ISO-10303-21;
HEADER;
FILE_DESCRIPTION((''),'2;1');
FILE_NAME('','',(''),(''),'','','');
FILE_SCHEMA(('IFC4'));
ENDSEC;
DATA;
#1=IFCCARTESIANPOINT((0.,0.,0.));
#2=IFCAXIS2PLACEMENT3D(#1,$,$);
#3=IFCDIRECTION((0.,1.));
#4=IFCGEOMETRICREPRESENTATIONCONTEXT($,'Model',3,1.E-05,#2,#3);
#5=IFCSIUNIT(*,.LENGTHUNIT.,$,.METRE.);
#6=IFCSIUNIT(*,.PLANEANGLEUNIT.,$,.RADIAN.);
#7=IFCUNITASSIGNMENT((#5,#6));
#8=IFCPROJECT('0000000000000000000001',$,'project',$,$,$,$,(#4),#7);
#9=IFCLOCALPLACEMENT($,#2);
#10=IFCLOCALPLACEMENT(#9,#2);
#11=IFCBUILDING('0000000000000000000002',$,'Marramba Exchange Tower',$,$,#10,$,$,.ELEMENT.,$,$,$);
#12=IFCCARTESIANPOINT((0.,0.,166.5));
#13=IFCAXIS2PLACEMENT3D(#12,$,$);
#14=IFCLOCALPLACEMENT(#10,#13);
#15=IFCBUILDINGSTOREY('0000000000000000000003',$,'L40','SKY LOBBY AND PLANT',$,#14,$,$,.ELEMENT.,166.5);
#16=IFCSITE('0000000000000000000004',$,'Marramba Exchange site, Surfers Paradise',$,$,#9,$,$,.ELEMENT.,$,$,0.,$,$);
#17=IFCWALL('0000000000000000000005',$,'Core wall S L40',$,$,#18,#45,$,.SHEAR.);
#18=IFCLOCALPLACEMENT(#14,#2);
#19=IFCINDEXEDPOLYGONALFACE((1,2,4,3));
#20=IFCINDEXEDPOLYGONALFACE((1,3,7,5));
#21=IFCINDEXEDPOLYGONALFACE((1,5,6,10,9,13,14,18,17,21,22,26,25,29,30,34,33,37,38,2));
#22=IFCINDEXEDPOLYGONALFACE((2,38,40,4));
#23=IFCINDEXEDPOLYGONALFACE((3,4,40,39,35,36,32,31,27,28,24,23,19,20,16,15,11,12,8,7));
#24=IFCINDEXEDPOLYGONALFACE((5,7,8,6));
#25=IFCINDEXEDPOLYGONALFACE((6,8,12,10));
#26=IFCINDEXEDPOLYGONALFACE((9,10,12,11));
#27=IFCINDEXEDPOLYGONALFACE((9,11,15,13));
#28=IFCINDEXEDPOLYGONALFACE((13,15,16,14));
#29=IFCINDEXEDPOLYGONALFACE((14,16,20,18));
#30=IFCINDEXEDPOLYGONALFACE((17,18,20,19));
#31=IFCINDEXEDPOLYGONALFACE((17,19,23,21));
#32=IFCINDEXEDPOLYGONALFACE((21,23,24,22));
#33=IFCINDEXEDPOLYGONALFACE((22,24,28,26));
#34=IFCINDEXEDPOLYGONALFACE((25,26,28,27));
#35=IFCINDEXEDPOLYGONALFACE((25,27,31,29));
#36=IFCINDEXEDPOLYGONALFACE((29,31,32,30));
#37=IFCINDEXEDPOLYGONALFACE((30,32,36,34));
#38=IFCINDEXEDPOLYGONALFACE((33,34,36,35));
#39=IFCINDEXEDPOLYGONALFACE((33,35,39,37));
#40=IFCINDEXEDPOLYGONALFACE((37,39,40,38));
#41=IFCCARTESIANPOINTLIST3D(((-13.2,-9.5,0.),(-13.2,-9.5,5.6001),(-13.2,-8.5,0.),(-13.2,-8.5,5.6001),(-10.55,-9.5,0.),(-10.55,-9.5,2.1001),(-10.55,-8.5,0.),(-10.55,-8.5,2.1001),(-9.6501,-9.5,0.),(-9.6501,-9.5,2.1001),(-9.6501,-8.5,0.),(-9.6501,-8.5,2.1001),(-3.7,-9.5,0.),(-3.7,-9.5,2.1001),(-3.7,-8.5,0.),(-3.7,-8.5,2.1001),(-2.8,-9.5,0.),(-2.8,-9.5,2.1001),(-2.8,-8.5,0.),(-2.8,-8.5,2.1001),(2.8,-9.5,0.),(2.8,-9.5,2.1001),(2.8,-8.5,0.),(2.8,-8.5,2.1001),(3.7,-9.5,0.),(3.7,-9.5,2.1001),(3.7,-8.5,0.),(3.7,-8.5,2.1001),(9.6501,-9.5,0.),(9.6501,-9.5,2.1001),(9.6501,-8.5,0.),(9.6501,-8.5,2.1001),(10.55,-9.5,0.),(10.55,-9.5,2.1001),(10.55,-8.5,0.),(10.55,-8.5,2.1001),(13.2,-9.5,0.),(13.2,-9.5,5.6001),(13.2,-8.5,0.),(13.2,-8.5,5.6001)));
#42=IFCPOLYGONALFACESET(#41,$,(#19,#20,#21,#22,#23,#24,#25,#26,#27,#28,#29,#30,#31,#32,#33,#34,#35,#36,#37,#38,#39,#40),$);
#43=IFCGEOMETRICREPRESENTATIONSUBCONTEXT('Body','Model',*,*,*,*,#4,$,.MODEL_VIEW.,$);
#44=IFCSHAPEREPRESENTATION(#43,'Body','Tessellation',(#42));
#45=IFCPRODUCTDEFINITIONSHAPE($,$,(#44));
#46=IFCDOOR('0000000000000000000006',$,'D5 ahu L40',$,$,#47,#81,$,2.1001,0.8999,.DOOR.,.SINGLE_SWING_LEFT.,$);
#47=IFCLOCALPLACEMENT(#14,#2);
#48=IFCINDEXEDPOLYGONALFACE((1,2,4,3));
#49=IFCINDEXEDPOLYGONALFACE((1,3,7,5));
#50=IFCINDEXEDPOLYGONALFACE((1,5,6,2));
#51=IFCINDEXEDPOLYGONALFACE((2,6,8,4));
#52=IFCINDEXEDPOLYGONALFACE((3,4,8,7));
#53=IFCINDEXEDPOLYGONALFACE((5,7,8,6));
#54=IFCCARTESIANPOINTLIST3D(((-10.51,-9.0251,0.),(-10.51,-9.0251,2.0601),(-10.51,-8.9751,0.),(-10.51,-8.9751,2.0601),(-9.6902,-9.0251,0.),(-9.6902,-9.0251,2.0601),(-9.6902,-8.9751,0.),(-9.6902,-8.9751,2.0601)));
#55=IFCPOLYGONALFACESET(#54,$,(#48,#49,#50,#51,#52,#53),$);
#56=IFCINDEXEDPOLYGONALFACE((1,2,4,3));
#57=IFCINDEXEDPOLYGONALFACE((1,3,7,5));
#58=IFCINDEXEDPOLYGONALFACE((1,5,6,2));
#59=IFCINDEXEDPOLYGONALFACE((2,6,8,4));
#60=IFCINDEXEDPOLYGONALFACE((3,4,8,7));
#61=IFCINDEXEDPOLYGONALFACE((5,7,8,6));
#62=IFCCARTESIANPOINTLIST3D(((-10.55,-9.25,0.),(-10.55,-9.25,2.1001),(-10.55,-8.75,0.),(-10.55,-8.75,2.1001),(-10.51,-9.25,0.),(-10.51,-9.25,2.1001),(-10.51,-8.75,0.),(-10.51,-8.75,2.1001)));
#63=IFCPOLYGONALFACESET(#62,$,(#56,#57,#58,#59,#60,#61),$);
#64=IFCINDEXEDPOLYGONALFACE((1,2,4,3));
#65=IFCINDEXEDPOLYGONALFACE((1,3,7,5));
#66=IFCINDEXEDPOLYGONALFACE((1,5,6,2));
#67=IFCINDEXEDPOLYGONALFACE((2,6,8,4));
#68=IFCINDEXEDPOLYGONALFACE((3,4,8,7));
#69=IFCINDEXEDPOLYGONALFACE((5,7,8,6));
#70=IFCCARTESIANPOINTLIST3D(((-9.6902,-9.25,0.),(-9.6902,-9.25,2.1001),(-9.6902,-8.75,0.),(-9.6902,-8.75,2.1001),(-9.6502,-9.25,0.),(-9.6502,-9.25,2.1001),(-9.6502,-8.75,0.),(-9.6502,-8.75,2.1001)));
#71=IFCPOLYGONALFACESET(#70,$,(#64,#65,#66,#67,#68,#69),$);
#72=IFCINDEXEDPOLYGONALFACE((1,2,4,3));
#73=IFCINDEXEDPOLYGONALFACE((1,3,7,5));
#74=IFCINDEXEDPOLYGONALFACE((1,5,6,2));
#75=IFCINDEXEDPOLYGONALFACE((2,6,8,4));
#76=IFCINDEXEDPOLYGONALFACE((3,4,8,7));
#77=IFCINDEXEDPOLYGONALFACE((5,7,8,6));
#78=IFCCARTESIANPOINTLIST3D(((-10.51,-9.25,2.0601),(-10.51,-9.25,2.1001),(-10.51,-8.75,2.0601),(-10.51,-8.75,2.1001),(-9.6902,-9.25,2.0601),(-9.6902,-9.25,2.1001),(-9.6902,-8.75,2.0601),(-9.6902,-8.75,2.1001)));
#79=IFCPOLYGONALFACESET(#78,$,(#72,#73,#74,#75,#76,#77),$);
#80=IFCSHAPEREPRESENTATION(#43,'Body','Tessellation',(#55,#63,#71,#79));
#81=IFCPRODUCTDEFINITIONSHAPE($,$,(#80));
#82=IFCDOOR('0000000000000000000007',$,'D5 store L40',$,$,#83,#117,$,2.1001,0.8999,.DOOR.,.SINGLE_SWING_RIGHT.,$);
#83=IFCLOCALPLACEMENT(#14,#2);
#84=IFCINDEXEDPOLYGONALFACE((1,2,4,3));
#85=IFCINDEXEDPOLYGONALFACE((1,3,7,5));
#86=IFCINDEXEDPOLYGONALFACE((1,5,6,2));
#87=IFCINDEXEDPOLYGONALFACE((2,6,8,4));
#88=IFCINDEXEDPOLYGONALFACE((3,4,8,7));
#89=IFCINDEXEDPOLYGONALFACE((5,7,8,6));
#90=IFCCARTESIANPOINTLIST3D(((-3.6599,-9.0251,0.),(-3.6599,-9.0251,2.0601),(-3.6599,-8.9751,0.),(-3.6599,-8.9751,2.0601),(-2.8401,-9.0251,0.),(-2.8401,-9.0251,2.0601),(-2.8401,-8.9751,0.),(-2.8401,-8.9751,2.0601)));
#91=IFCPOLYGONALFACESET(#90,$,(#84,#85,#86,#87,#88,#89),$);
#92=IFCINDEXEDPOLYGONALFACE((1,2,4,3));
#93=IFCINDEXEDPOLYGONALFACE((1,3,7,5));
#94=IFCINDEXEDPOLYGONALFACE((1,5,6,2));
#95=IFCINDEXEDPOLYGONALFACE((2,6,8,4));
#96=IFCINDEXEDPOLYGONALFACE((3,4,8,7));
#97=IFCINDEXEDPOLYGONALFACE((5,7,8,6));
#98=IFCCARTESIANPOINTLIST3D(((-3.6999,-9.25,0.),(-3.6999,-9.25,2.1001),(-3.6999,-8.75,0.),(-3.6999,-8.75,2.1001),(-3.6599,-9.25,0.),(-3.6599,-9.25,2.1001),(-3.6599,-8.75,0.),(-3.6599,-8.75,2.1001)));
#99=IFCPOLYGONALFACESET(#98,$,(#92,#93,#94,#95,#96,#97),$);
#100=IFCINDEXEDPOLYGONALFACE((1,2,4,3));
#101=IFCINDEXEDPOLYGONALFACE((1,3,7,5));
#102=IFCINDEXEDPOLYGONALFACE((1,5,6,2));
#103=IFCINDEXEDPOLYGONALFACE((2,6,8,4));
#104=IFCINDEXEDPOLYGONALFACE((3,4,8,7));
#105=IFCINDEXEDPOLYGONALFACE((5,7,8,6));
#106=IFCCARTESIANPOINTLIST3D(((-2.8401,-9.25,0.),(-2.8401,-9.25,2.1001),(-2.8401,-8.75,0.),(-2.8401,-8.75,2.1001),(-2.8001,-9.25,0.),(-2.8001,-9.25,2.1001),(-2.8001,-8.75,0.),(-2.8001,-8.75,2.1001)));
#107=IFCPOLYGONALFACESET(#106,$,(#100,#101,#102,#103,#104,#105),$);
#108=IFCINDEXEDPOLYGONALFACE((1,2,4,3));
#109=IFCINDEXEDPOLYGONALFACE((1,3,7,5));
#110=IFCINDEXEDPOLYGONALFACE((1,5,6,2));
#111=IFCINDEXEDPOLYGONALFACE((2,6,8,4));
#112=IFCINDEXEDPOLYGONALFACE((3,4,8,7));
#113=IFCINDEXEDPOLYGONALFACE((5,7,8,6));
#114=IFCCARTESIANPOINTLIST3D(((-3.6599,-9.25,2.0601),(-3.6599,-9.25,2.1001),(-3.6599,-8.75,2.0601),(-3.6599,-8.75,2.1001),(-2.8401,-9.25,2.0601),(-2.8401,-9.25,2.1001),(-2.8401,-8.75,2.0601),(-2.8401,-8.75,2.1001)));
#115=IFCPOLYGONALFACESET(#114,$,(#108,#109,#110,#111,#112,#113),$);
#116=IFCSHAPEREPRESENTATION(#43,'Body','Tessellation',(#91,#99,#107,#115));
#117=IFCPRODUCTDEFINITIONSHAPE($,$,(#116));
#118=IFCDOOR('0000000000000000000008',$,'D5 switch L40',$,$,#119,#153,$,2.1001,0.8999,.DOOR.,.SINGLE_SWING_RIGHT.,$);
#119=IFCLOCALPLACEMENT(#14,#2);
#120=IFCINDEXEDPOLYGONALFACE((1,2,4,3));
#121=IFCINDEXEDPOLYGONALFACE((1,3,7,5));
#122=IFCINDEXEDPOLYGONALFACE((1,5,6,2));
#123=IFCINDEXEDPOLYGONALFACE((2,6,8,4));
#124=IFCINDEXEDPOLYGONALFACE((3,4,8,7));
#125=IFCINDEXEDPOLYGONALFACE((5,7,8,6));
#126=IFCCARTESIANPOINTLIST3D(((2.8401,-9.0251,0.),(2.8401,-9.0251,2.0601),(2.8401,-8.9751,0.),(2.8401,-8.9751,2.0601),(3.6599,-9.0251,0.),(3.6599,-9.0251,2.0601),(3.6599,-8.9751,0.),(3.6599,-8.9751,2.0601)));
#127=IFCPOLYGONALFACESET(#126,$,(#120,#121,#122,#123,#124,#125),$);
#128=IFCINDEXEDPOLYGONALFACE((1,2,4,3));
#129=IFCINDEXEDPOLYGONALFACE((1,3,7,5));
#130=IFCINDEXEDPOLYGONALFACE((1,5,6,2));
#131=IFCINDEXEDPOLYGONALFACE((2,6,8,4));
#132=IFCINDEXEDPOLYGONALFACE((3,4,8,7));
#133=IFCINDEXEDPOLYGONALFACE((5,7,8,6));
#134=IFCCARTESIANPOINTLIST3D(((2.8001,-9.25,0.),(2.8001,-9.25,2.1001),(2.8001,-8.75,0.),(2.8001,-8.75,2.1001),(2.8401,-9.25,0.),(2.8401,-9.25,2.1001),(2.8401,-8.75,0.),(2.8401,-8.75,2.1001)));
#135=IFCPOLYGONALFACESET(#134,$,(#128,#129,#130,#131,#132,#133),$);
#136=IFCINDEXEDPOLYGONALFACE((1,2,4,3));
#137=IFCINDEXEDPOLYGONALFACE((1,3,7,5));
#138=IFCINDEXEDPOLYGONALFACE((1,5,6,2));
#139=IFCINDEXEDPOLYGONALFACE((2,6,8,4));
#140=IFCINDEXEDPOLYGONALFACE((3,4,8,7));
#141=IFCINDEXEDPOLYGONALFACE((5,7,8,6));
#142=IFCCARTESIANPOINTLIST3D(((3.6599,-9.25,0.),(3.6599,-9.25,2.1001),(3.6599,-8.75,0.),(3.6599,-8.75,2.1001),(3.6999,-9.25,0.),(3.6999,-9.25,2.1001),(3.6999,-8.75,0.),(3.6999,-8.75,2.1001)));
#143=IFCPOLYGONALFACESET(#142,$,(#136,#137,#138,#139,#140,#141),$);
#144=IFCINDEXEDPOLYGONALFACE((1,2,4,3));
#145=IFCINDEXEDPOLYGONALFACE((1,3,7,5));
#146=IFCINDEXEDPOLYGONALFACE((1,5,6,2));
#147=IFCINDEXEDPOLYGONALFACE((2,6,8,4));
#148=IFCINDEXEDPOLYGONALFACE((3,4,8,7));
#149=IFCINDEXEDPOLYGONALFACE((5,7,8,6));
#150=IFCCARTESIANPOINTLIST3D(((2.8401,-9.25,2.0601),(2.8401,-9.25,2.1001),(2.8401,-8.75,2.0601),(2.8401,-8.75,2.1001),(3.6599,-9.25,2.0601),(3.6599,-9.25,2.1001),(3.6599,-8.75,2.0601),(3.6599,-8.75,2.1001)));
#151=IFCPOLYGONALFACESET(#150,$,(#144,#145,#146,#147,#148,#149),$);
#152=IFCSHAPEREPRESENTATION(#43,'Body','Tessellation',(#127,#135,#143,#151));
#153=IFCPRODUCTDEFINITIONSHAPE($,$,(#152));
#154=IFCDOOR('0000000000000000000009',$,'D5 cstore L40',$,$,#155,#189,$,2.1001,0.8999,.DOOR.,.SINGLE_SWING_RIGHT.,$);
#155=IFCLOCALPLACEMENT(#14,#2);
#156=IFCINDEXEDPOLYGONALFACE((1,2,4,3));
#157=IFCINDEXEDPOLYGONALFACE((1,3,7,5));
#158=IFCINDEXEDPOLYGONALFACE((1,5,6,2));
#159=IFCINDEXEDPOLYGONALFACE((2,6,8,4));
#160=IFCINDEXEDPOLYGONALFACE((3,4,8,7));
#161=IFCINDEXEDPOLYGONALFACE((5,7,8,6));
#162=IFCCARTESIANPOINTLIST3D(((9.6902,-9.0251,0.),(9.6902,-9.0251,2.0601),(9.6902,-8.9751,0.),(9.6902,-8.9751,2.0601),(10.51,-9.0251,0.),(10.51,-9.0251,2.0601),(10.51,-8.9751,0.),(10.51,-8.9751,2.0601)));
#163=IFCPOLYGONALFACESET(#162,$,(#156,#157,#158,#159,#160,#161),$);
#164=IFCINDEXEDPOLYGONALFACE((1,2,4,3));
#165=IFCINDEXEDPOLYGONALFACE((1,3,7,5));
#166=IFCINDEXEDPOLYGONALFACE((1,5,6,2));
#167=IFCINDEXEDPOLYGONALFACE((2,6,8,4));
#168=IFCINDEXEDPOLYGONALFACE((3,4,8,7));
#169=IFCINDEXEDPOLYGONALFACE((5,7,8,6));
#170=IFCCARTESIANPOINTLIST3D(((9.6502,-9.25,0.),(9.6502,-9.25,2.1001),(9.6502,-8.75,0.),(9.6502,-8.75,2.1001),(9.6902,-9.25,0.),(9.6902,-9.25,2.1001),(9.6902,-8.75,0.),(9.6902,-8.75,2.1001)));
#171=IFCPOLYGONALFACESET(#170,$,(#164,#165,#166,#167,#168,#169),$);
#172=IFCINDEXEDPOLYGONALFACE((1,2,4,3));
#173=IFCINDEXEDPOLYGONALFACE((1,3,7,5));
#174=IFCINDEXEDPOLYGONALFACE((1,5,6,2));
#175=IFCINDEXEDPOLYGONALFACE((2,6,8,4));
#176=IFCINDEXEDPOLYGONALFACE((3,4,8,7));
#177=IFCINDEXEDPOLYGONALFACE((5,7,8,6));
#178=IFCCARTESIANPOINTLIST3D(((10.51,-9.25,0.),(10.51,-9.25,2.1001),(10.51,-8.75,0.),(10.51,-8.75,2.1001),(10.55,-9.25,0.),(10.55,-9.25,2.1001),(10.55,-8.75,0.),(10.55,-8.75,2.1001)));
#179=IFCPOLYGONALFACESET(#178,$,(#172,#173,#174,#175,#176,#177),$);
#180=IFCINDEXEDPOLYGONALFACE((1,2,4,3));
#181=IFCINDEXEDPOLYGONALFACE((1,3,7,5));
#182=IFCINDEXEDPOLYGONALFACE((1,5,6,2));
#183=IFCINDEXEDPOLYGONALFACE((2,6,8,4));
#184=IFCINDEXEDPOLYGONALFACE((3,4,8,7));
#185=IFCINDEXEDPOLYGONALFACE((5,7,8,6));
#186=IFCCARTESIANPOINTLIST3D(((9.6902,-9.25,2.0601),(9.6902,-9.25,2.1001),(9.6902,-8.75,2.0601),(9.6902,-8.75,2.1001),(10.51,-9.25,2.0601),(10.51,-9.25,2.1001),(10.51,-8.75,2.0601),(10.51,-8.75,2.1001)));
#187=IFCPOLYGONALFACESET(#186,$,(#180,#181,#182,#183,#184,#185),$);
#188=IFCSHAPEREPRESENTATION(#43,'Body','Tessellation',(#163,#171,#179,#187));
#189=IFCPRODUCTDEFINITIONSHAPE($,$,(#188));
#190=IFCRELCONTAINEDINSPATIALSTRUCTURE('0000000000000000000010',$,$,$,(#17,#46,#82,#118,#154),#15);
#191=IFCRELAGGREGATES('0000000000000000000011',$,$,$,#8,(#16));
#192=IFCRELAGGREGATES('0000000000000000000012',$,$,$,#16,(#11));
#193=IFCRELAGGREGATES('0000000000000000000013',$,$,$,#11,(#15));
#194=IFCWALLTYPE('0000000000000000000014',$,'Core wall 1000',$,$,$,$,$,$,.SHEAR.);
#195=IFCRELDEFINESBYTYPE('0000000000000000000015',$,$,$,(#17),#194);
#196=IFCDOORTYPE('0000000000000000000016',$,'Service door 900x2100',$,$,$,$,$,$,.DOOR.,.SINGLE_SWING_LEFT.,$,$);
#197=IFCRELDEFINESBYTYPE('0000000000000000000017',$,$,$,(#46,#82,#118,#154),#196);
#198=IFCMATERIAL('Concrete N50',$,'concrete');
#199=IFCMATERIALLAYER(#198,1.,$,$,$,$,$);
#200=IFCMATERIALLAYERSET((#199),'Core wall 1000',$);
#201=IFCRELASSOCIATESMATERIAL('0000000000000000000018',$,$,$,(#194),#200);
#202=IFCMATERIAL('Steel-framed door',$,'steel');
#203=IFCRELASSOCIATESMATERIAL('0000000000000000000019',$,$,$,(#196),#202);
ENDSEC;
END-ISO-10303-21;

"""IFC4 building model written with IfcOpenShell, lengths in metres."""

from ifc_helpers import new_model, si_unit, direction, frame, frame_2d, origin, place, context, subcontext, project, spatial, rectangle, extrude, material, layer, layer_set, type_object, element, fill, save


model = new_model("IFC4")

# Units and contexts
model_context = context("Model", 3, precision=1e-05, world=origin(), true_north=direction((0.0, 1.0)))
body_context = subcontext(model_context, "Body", "Model", "MODEL_VIEW")
ifc_project = project(units=[si_unit("LENGTHUNIT", "METRE"), si_unit("PLANEANGLEUNIT", "RADIAN")], contexts=[model_context])

# Site, building, storey
site_placement = place(None, origin())
site = spatial("IfcSite", under=ifc_project, at=site_placement, Name="Marramba Exchange site, Surfers Paradise", CompositionType="ELEMENT", RefElevation=0.0)
building_placement = place(site_placement, origin())
building = spatial("IfcBuilding", under=site, at=building_placement, Name="Marramba Exchange Tower", CompositionType="ELEMENT")
storey_placement = place(building_placement, frame((0.0, 0.0, 166.5)))
storey = spatial("IfcBuildingStorey", under=building, at=storey_placement, Name="L40", Description="SKY LOBBY AND PLANT", CompositionType="ELEMENT", Elevation=166.5)

# Shared definitions
ifc_material_1 = material(Name="Concrete N50", Category="concrete")

# Wall, openings, doors
ifc_layer_1 = layer(ifc_material_1, 1.0)
ifc_layer_set_1 = layer_set([ifc_layer_1], Name="Core wall 1000")
wall_type_1 = type_object("IfcWallType", Name="Core wall 1000", PredefinedType="SHEAR", material=ifc_layer_set_1)
wall_1_placement = place(storey_placement, frame((-13.2, -9.0, 0.0), z_axis=(0.0, 0.0, 1.0), x_axis=(1.0, 0.0, 0.0)))
wall_1 = element("IfcWall", 1, at=wall_1_placement, inside=storey, type_object=wall_type_1, Name="Core wall S L40", PredefinedType="SHEAR", context=body_context, shape_type="SweptSolid", body=[
    extrude(rectangle(XDim=26.3999, YDim=1.0, at=frame_2d((13.2, 0.0))), origin(), (0.0, 0.0, 1.0), 5.6001),
])
opening_1_placement = place(wall_1_placement, frame((2.6499, 0.0, 0.0)))
opening_1 = element("IfcOpeningElement", 2, at=opening_1_placement, cuts=wall_1, PredefinedType="OPENING", context=body_context, shape_type="SweptSolid", body=[
    extrude(rectangle(XDim=0.8999, YDim=2.1001, at=frame_2d((0.45, 1.05))), frame((0.0, 0.51, 0.0), z_axis=(0.0, -1.0, 0.0), x_axis=(1.0, 0.0, 0.0)), (0.0, 0.0, 1.0), 1.02),
])
opening_2_placement = place(wall_1_placement, frame((9.5, 0.0, 0.0)))
opening_2 = element("IfcOpeningElement", 3, at=opening_2_placement, cuts=wall_1, PredefinedType="OPENING", context=body_context, shape_type="SweptSolid", body=[
    extrude(rectangle(XDim=0.8999, YDim=2.1001, at=frame_2d((0.45, 1.05))), frame((0.0, 0.51, 0.0), z_axis=(0.0, -1.0, 0.0), x_axis=(1.0, 0.0, 0.0)), (0.0, 0.0, 1.0), 1.02),
])
opening_3_placement = place(wall_1_placement, frame((16.0, 0.0, 0.0)))
opening_3 = element("IfcOpeningElement", 4, at=opening_3_placement, cuts=wall_1, PredefinedType="OPENING", context=body_context, shape_type="SweptSolid", body=[
    extrude(rectangle(XDim=0.8999, YDim=2.1001, at=frame_2d((0.45, 1.05))), frame((0.0, 0.51, 0.0), z_axis=(0.0, -1.0, 0.0), x_axis=(1.0, 0.0, 0.0)), (0.0, 0.0, 1.0), 1.02),
])
opening_4_placement = place(wall_1_placement, frame((22.8501, 0.0, 0.0)))
opening_4 = element("IfcOpeningElement", 5, at=opening_4_placement, cuts=wall_1, PredefinedType="OPENING", context=body_context, shape_type="SweptSolid", body=[
    extrude(rectangle(XDim=0.8999, YDim=2.1001, at=frame_2d((0.45, 1.05))), frame((0.0, 0.51, 0.0), z_axis=(0.0, -1.0, 0.0), x_axis=(1.0, 0.0, 0.0)), (0.0, 0.0, 1.0), 1.02),
])
ifc_material_2 = material(Name="Steel-framed door", Category="steel")
door_type_1 = type_object("IfcDoorType", Name="Service door 900x2100", OperationType="SINGLE_SWING_LEFT", PredefinedType="DOOR", material=ifc_material_2)
door_1_placement = place(opening_1_placement, origin())
door_1 = element("IfcDoor", 6, at=door_1_placement, inside=storey, type_object=door_type_1, Name="D5 ahu L40", OperationType="SINGLE_SWING_LEFT", OverallHeight=2.1001, OverallWidth=0.8999, PredefinedType="DOOR", context=body_context, shape_type="SweptSolid", body=[
    extrude(rectangle(XDim=0.8198, YDim=2.0601, at=frame_2d((0.45, 1.03))), frame((0.0, 0.0249, 0.0), z_axis=(0.0, -1.0, 0.0), x_axis=(1.0, 0.0, 0.0)), (0.0, 0.0, 1.0), 0.05),
    extrude(rectangle(XDim=0.04, YDim=2.1001, at=frame_2d((0.02, 1.05))), frame((0.0, 0.25, 0.0), z_axis=(0.0, -1.0, 0.0), x_axis=(1.0, 0.0, 0.0)), (0.0, 0.0, 1.0), 0.5),
    extrude(rectangle(XDim=0.04, YDim=2.1001, at=frame_2d((0.8799, 1.05))), frame((0.0, 0.25, 0.0), z_axis=(0.0, -1.0, 0.0), x_axis=(1.0, 0.0, 0.0)), (0.0, 0.0, 1.0), 0.5),
    extrude(rectangle(XDim=0.8198, YDim=0.04, at=frame_2d((0.45, 2.0801))), frame((0.0, 0.25, 0.0), z_axis=(0.0, -1.0, 0.0), x_axis=(1.0, 0.0, 0.0)), (0.0, 0.0, 1.0), 0.5),
])
fill(opening_1, door_1)
door_2_placement = place(opening_2_placement, origin())
door_2 = element("IfcDoor", 7, at=door_2_placement, inside=storey, type_object=door_type_1, Name="D5 store L40", OperationType="SINGLE_SWING_RIGHT", OverallHeight=2.1001, OverallWidth=0.8999, PredefinedType="DOOR", context=body_context, shape_type="SweptSolid", body=[
    extrude(rectangle(XDim=0.8198, YDim=2.0601, at=frame_2d((0.45, 1.03))), frame((0.0, 0.0249, 0.0), z_axis=(0.0, -1.0, 0.0), x_axis=(1.0, 0.0, 0.0)), (0.0, 0.0, 1.0), 0.05),
    extrude(rectangle(XDim=0.04, YDim=2.1001, at=frame_2d((0.02, 1.05))), frame((0.0, 0.25, 0.0), z_axis=(0.0, -1.0, 0.0), x_axis=(1.0, 0.0, 0.0)), (0.0, 0.0, 1.0), 0.5),
    extrude(rectangle(XDim=0.04, YDim=2.1001, at=frame_2d((0.8799, 1.05))), frame((0.0, 0.25, 0.0), z_axis=(0.0, -1.0, 0.0), x_axis=(1.0, 0.0, 0.0)), (0.0, 0.0, 1.0), 0.5),
    extrude(rectangle(XDim=0.8198, YDim=0.04, at=frame_2d((0.45, 2.0801))), frame((0.0, 0.25, 0.0), z_axis=(0.0, -1.0, 0.0), x_axis=(1.0, 0.0, 0.0)), (0.0, 0.0, 1.0), 0.5),
])
fill(opening_2, door_2)
door_3_placement = place(opening_3_placement, origin())
door_3 = element("IfcDoor", 8, at=door_3_placement, inside=storey, type_object=door_type_1, Name="D5 switch L40", OperationType="SINGLE_SWING_RIGHT", OverallHeight=2.1001, OverallWidth=0.8999, PredefinedType="DOOR", context=body_context, shape_type="SweptSolid", body=[
    extrude(rectangle(XDim=0.8198, YDim=2.0601, at=frame_2d((0.45, 1.03))), frame((0.0, 0.0249, 0.0), z_axis=(0.0, -1.0, 0.0), x_axis=(1.0, 0.0, 0.0)), (0.0, 0.0, 1.0), 0.05),
    extrude(rectangle(XDim=0.04, YDim=2.1001, at=frame_2d((0.02, 1.05))), frame((0.0, 0.25, 0.0), z_axis=(0.0, -1.0, 0.0), x_axis=(1.0, 0.0, 0.0)), (0.0, 0.0, 1.0), 0.5),
    extrude(rectangle(XDim=0.04, YDim=2.1001, at=frame_2d((0.8799, 1.05))), frame((0.0, 0.25, 0.0), z_axis=(0.0, -1.0, 0.0), x_axis=(1.0, 0.0, 0.0)), (0.0, 0.0, 1.0), 0.5),
    extrude(rectangle(XDim=0.8198, YDim=0.04, at=frame_2d((0.45, 2.0801))), frame((0.0, 0.25, 0.0), z_axis=(0.0, -1.0, 0.0), x_axis=(1.0, 0.0, 0.0)), (0.0, 0.0, 1.0), 0.5),
])
fill(opening_3, door_3)
door_4_placement = place(opening_4_placement, origin())
door_4 = element("IfcDoor", 9, at=door_4_placement, inside=storey, type_object=door_type_1, Name="D5 cstore L40", OperationType="SINGLE_SWING_RIGHT", OverallHeight=2.1001, OverallWidth=0.8999, PredefinedType="DOOR", context=body_context, shape_type="SweptSolid", body=[
    extrude(rectangle(XDim=0.8198, YDim=2.0601, at=frame_2d((0.45, 1.03))), frame((0.0, 0.0249, 0.0), z_axis=(0.0, -1.0, 0.0), x_axis=(1.0, 0.0, 0.0)), (0.0, 0.0, 1.0), 0.05),
    extrude(rectangle(XDim=0.04, YDim=2.1001, at=frame_2d((0.02, 1.05))), frame((0.0, 0.25, 0.0), z_axis=(0.0, -1.0, 0.0), x_axis=(1.0, 0.0, 0.0)), (0.0, 0.0, 1.0), 0.5),
    extrude(rectangle(XDim=0.04, YDim=2.1001, at=frame_2d((0.8799, 1.05))), frame((0.0, 0.25, 0.0), z_axis=(0.0, -1.0, 0.0), x_axis=(1.0, 0.0, 0.0)), (0.0, 0.0, 1.0), 0.5),
    extrude(rectangle(XDim=0.8198, YDim=0.04, at=frame_2d((0.45, 2.0801))), frame((0.0, 0.25, 0.0), z_axis=(0.0, -1.0, 0.0), x_axis=(1.0, 0.0, 0.0)), (0.0, 0.0, 1.0), 0.5),
])
fill(opening_4, door_4)

save(model, "model.ifc")
